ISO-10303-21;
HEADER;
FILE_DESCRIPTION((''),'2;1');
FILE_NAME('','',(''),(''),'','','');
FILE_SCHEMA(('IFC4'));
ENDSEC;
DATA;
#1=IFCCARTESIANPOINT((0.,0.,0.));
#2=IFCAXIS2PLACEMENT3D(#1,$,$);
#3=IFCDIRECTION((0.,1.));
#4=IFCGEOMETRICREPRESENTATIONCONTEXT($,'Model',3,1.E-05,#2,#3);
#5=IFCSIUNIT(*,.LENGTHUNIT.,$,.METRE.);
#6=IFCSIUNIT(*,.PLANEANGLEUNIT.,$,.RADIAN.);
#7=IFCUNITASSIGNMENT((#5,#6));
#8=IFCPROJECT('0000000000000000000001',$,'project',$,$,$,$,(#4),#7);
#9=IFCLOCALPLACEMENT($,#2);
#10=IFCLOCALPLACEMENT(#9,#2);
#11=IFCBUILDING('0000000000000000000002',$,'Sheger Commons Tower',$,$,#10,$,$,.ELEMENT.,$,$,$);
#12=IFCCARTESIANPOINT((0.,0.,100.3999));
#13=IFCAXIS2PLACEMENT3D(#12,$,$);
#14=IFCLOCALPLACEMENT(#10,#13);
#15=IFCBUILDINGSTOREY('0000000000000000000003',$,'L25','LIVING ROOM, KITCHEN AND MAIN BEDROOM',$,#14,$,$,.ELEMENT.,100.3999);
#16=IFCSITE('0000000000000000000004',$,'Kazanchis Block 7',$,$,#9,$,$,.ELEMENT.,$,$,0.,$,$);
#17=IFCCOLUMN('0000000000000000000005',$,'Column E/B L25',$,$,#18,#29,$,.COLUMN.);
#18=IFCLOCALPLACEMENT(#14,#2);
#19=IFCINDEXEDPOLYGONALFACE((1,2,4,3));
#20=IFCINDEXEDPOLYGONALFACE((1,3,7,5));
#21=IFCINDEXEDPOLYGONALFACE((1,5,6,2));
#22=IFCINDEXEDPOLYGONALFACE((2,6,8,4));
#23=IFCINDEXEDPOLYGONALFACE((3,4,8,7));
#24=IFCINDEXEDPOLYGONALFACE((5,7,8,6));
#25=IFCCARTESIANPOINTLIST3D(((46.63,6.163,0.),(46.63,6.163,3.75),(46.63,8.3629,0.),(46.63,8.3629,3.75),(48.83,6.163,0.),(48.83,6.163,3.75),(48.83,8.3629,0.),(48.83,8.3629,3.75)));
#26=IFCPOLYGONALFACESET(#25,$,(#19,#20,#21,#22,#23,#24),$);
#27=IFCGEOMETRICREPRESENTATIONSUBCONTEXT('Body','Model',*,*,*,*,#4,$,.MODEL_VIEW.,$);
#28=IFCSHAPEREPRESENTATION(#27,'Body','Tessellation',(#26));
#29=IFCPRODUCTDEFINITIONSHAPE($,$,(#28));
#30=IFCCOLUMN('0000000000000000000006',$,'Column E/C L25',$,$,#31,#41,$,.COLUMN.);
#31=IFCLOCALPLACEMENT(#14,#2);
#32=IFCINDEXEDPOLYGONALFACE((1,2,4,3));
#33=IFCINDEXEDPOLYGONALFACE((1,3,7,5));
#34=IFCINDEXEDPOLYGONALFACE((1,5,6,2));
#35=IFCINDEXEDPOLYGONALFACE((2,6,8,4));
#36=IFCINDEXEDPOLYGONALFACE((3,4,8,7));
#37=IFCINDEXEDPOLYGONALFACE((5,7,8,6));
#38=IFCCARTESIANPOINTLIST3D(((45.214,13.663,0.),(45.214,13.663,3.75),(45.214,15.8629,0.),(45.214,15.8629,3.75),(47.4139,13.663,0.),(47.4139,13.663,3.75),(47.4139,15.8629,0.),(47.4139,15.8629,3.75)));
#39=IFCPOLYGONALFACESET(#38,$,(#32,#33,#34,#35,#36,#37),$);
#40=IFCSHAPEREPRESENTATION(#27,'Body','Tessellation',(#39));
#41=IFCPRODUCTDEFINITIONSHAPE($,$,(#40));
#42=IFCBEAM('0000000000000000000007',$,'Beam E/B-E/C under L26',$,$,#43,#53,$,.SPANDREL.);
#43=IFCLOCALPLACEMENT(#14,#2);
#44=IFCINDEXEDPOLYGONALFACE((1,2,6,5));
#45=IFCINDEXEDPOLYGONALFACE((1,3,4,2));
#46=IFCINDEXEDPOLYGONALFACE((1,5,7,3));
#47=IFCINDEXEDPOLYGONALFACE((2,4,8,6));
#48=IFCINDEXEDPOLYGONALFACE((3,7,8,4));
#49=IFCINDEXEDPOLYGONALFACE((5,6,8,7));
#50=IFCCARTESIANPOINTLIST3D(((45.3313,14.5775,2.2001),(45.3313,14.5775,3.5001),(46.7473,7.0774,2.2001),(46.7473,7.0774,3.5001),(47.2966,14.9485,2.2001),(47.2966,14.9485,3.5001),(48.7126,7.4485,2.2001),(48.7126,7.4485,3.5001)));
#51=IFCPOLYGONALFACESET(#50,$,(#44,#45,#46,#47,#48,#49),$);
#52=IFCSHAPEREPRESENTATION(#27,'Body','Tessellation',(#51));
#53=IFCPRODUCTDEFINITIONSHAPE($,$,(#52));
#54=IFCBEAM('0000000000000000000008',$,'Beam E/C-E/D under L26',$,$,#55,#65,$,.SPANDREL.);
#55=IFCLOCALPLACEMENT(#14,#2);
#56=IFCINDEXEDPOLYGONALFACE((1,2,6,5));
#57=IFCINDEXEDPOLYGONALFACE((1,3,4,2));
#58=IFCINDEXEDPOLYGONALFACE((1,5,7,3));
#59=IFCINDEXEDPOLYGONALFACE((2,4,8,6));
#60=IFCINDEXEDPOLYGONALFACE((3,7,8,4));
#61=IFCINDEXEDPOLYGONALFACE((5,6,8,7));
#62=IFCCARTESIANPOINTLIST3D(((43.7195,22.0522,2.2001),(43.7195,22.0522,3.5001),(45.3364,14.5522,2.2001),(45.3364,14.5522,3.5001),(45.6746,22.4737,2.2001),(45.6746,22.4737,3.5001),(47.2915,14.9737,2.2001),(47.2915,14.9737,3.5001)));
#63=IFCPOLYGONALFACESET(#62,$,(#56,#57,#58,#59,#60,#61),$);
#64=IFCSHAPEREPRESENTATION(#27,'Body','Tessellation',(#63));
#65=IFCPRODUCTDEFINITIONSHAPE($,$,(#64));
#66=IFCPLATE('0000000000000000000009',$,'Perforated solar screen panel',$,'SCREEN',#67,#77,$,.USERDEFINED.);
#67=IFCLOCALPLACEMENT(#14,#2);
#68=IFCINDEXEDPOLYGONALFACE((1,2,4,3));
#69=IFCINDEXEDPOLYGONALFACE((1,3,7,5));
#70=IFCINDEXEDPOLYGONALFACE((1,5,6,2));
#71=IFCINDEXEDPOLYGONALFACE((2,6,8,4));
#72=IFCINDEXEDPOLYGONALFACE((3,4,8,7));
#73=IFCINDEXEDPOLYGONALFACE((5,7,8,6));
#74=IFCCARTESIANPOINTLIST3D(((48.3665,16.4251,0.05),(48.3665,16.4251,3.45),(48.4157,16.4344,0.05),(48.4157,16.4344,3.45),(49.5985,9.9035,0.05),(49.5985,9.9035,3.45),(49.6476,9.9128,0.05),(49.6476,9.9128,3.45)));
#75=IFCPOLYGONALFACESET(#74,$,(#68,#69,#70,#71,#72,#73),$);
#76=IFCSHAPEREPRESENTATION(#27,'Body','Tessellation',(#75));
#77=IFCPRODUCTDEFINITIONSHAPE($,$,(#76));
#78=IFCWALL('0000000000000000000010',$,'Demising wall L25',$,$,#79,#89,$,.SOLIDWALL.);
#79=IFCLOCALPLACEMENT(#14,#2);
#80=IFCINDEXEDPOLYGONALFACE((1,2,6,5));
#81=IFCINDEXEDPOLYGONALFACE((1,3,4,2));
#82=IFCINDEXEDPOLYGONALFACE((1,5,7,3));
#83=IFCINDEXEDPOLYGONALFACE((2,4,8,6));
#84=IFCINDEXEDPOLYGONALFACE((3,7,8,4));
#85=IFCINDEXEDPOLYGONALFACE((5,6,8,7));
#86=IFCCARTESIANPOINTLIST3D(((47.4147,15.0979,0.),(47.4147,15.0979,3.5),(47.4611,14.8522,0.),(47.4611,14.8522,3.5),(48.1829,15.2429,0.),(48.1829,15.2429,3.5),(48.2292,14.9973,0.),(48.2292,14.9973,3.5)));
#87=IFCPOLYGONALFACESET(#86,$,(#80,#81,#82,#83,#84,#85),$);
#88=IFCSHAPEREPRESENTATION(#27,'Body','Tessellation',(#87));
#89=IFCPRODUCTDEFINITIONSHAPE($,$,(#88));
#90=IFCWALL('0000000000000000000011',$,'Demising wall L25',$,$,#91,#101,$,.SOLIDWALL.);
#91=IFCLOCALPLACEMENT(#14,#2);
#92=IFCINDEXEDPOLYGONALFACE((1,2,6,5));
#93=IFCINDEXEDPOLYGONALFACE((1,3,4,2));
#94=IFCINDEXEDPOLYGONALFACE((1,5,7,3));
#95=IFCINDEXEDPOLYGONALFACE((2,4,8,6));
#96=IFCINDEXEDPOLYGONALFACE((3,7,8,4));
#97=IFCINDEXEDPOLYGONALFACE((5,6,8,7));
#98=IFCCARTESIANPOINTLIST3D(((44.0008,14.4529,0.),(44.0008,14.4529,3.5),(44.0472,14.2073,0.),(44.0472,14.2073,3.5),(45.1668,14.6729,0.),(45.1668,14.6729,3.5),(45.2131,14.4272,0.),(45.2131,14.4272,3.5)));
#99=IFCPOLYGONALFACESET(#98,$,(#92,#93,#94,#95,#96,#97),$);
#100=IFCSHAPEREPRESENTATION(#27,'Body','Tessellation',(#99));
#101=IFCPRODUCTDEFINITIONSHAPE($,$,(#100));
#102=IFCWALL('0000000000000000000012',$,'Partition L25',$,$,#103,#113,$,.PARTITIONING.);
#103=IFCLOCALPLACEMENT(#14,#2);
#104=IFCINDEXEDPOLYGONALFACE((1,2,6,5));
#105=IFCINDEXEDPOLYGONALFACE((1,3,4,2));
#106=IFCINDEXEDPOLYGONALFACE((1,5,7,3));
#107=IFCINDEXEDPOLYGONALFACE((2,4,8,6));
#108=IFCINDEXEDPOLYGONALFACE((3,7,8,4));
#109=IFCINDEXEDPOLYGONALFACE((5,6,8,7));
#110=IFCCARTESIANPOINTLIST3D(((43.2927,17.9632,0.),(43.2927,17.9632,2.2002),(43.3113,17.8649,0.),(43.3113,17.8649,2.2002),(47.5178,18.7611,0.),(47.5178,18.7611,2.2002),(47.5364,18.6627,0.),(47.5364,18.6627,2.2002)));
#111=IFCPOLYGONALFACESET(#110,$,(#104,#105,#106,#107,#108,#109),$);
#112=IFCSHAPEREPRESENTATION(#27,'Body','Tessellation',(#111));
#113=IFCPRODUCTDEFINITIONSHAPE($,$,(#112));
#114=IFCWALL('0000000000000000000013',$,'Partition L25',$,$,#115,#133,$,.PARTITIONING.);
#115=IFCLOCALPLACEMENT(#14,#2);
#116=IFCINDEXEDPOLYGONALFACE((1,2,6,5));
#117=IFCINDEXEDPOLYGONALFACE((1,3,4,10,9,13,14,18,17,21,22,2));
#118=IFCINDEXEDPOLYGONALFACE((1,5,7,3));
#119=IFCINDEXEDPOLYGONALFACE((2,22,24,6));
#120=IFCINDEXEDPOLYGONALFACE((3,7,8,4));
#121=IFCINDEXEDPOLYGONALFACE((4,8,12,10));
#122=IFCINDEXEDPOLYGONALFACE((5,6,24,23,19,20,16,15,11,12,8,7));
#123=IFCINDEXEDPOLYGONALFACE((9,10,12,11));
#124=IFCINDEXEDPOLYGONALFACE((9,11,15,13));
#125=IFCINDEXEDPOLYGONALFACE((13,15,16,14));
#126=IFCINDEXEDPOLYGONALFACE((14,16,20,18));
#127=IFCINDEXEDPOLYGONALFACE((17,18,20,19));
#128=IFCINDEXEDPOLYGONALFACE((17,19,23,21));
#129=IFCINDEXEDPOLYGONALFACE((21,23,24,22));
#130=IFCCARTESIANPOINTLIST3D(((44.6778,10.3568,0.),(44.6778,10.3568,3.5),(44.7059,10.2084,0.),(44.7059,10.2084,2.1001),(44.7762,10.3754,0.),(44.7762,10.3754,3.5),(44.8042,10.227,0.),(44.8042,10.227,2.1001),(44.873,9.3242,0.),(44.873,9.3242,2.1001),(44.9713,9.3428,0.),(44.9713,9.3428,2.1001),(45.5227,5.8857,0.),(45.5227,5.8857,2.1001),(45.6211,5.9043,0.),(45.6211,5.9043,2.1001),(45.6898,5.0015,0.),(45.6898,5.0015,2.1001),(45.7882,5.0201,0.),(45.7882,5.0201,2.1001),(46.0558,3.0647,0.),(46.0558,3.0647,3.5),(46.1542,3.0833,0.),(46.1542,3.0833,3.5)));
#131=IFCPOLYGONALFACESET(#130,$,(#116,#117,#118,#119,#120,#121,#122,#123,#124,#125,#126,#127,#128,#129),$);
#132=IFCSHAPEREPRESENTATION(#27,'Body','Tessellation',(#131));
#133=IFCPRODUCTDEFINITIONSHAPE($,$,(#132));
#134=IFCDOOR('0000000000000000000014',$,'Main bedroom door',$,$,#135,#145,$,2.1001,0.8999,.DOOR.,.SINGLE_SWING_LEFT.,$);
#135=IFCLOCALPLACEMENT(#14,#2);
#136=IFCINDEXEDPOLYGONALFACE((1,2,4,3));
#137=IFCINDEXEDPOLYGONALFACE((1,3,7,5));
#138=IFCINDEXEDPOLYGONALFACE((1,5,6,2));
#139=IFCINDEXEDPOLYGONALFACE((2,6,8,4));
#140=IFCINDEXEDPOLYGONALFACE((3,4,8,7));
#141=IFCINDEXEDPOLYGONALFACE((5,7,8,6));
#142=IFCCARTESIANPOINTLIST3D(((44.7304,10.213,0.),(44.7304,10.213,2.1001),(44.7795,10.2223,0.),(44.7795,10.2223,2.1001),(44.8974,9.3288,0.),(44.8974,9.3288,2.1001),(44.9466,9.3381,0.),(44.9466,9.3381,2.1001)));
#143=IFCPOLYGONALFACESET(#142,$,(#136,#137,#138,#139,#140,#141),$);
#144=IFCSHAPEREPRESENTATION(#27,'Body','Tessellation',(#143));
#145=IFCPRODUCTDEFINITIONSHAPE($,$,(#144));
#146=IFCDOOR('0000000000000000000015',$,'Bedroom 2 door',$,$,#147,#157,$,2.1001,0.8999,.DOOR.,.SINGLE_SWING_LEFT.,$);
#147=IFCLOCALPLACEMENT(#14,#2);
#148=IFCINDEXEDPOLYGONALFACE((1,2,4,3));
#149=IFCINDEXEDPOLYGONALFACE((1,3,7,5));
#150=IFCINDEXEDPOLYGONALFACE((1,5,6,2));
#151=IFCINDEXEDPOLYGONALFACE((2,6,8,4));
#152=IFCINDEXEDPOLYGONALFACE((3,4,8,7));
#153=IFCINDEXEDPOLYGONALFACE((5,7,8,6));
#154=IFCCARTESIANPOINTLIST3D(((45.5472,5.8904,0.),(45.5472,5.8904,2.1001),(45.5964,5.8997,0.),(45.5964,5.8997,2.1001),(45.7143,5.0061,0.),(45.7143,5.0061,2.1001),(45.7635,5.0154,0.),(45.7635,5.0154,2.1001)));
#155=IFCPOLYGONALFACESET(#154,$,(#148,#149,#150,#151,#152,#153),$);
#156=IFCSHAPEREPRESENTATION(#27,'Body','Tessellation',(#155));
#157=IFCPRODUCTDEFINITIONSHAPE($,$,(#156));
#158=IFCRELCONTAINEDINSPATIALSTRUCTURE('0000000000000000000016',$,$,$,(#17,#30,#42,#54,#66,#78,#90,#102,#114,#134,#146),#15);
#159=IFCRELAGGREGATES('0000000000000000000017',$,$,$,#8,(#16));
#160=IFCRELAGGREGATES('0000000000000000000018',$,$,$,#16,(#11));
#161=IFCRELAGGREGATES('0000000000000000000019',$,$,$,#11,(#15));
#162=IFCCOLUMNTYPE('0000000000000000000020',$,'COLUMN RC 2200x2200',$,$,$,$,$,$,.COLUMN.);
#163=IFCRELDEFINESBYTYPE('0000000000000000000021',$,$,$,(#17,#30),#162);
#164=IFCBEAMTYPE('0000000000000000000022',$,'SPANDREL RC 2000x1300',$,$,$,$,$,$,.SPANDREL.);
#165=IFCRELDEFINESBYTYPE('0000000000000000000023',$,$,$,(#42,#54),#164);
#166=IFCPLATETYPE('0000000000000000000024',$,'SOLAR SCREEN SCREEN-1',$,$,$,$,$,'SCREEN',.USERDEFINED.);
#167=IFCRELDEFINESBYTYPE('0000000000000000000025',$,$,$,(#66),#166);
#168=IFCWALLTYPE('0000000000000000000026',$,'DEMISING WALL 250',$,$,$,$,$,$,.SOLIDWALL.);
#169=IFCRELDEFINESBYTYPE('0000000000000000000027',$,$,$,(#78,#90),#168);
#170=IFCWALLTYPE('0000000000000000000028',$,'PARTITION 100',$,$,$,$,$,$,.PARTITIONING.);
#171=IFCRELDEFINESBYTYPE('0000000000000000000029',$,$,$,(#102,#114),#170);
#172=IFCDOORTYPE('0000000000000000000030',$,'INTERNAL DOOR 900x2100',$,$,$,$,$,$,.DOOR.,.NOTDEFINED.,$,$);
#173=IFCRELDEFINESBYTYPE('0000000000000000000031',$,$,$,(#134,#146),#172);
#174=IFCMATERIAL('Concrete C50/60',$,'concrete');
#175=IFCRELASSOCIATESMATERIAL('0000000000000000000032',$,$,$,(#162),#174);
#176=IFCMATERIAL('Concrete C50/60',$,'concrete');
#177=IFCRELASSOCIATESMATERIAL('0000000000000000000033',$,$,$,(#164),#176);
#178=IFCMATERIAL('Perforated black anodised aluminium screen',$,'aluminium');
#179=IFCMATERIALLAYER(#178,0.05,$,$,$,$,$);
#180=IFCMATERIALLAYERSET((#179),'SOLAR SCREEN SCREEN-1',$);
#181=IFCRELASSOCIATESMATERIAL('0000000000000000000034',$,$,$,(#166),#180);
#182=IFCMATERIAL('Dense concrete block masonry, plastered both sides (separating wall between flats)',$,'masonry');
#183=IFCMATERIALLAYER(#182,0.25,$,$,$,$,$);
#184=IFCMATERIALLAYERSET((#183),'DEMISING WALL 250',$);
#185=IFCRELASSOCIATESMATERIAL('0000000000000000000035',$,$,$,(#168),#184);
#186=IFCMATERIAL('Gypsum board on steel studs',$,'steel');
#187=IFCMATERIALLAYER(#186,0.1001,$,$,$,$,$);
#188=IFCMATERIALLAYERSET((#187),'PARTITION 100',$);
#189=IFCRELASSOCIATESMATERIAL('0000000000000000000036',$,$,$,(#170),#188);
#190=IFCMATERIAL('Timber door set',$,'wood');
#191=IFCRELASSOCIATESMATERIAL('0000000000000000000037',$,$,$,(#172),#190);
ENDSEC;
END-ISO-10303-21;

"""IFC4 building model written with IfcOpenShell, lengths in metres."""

from ifc_helpers import new_model, si_unit, direction, frame, frame_2d, origin, origin_2d, place, context, subcontext, project, spatial, rectangle, extrude, material, layer, layer_set, material_profile, profile_set, type_object, element, fill, save


model = new_model("IFC4")

# Units and contexts
model_context = context("Model", 3, precision=1e-05, world=origin(), true_north=direction((0.0, 1.0)))
body_context = subcontext(model_context, "Body", "Model", "MODEL_VIEW")
ifc_project = project(units=[si_unit("LENGTHUNIT", "METRE"), si_unit("PLANEANGLEUNIT", "RADIAN")], contexts=[model_context])

# Site, building, storey
site_placement = place(None, origin())
site = spatial("IfcSite", under=ifc_project, at=site_placement, Name="Kazanchis Block 7", CompositionType="ELEMENT", RefElevation=0.0)
building_placement = place(site_placement, origin())
building = spatial("IfcBuilding", under=site, at=building_placement, Name="Sheger Commons Tower", CompositionType="ELEMENT")
storey_placement = place(building_placement, frame((0.0, 0.0, 100.3999)))
storey = spatial("IfcBuildingStorey", under=building, at=storey_placement, Name="L25", Description="LIVING ROOM, KITCHEN AND MAIN BEDROOM", CompositionType="ELEMENT", Elevation=100.3999)

# Columns
ifc_material_1 = material(Name="Concrete C50/60", Category="concrete")
ifc_material_profile_1 = material_profile(ifc_material_1, rectangle(XDim=2.2, YDim=2.2, at=origin_2d()), Name="RC 2200x2200")
ifc_profile_set_1 = profile_set([ifc_material_profile_1], Name="Concrete C50/60")
column_type = type_object("IfcColumnType", Name="COLUMN RC 2200x2200", PredefinedType="COLUMN", material=ifc_profile_set_1)
for number, where, z_axis, x_axis, name in (
    (1, (47.73, 7.2629, 0.0), (0.0, 0.0, 1.0), (1.0, 0.0, 0.0), "Column E/B L25"),
    (2, (46.314, 14.7629, 0.0), (0.0, 0.0, 1.0), (1.0, 0.0, 0.0), "Column E/C L25"),
):
    element("IfcColumn", number, at=place(storey_placement, frame(where, z_axis=z_axis, x_axis=x_axis)), inside=storey, type_object=column_type, Name=name, PredefinedType="COLUMN", context=body_context, shape_type="SweptSolid", body=[
        extrude(rectangle(XDim=2.2, YDim=2.2, at=origin_2d()), origin(), (0.0, 0.0, 1.0), 3.75),
    ])

# Beams
ifc_material_2 = material(Name="Concrete C50/60", Category="concrete")
ifc_material_profile_2 = material_profile(ifc_material_2, rectangle(XDim=2.0, YDim=1.3, at=origin_2d()), Name="RC 2000x1300")
ifc_profile_set_2 = profile_set([ifc_material_profile_2], Name="Concrete C50/60")
beam_type = type_object("IfcBeamType", Name="SPANDREL RC 2000x1300", PredefinedType="SPANDREL", material=ifc_profile_set_2)
beam_1_placement = place(storey_placement, frame((47.73, 7.2629, 2.8501), z_axis=(-0.185524, 0.98264, 0.0), x_axis=(-0.98264, -0.185524, 0.0)))
element("IfcBeam", 3, at=beam_1_placement, inside=storey, type_object=beam_type, Name="Beam E/B-E/C under L26", PredefinedType="SPANDREL", context=body_context, shape_type="SweptSolid", body=[
    extrude(rectangle(XDim=2.0, YDim=1.3, at=origin_2d()), origin(), (0.0, 0.0, 1.0), 7.6326),
])
beam_2_placement = place(storey_placement, frame((46.314, 14.7629, 2.8501), z_axis=(-0.21075, 0.97754, 0.0), x_axis=(-0.97754, -0.21075, 0.0)))
element("IfcBeam", 4, at=beam_2_placement, inside=storey, type_object=beam_type, Name="Beam E/C-E/D under L26", PredefinedType="SPANDREL", context=body_context, shape_type="SweptSolid", body=[
    extrude(rectangle(XDim=2.0, YDim=1.3, at=origin_2d()), origin(), (0.0, 0.0, 1.0), 7.6724),
])

# Plate
ifc_material_3 = material(Name="Perforated black anodised aluminium screen", Category="aluminium")
ifc_layer_1 = layer(ifc_material_3, 0.05)
ifc_layer_set_1 = layer_set([ifc_layer_1], Name="SOLAR SCREEN SCREEN-1")
plate_type = type_object("IfcPlateType", Name="SOLAR SCREEN SCREEN-1", ElementType="SCREEN", PredefinedType="USERDEFINED", material=ifc_layer_set_1)
plate_placement = place(storey_placement, frame((49.0071, 13.1689, 0.05), z_axis=(0.0, 0.0, 1.0), x_axis=(-0.185615, 0.982623, 0.0)))
element("IfcPlate", 5, at=plate_placement, inside=storey, type_object=plate_type, Name="Perforated solar screen panel", ObjectType="SCREEN", PredefinedType="USERDEFINED", context=body_context, shape_type="SweptSolid", body=[
    extrude(rectangle(XDim=6.637, YDim=0.05, at=origin_2d()), origin(), (0.0, 0.0, 1.0), 3.3999),
])

# Walls
ifc_material_4 = material(Name="Dense concrete block masonry, plastered both sides (separating wall between flats)", Category="masonry")
ifc_layer_2 = layer(ifc_material_4, 0.25)
ifc_layer_set_2 = layer_set([ifc_layer_2], Name="DEMISING WALL 250")
wall_type_1 = type_object("IfcWallType", Name="DEMISING WALL 250", PredefinedType="SOLIDWALL", material=ifc_layer_set_2)
wall_1_placement = place(storey_placement, frame((48.2061, 15.1201, 0.0), z_axis=(0.0, 0.0, 1.0), x_axis=(-0.982638, -0.185533, 0.0)))
element("IfcWall", 6, at=wall_1_placement, inside=storey, type_object=wall_type_1, Name="Demising wall L25", PredefinedType="SOLIDWALL", context=body_context, shape_type="SweptSolid", body=[
    extrude(rectangle(XDim=0.7817, YDim=0.25, at=frame_2d((0.3909, 0.0))), origin(), (0.0, 0.0, 1.0), 3.5),
])
wall_2_placement = place(storey_placement, frame((45.1899, 14.55, 0.0), z_axis=(0.0, 0.0, 1.0), x_axis=(-0.982667, -0.185382, 0.0)))
element("IfcWall", 7, at=wall_2_placement, inside=storey, type_object=wall_type_1, Name="Demising wall L25", PredefinedType="SOLIDWALL", context=body_context, shape_type="SweptSolid", body=[
    extrude(rectangle(XDim=1.1865, YDim=0.25, at=frame_2d((0.5933, 0.0))), origin(), (0.0, 0.0, 1.0), 3.5),
])
ifc_material_5 = material(Name="Gypsum board on steel studs", Category="steel")
ifc_layer_3 = layer(ifc_material_5, 0.1001)
ifc_layer_set_3 = layer_set([ifc_layer_3], Name="PARTITION 100")
wall_type_2 = type_object("IfcWallType", Name="PARTITION 100", PredefinedType="PARTITIONING", material=ifc_layer_set_3)
wall_3_placement = place(storey_placement, frame((47.5271, 18.7119, 0.0), z_axis=(0.0, 0.0, 1.0), x_axis=(-0.982634, -0.185557, 0.0)))
element("IfcWall", 8, at=wall_3_placement, inside=storey, type_object=wall_type_2, Name="Partition L25", PredefinedType="PARTITIONING", context=body_context, shape_type="SweptSolid", body=[
    extrude(rectangle(XDim=4.2998, YDim=0.1001, at=frame_2d((2.1499, 0.0))), origin(), (0.0, 0.0, 1.0), 2.2002),
])

# Wall, openings, doors
wall_4_placement = place(storey_placement, frame((44.7271, 10.366, 0.0), z_axis=(0.0, 0.0, 1.0), x_axis=(0.185679, -0.98261, 0.0)))
wall_4 = element("IfcWall", 9, at=wall_4_placement, inside=storey, type_object=wall_type_2, Name="Partition L25", PredefinedType="PARTITIONING", context=body_context, shape_type="SweptSolid", body=[
    extrude(rectangle(XDim=7.4211, YDim=0.1001, at=frame_2d((3.7104, 0.0))), origin(), (0.0, 0.0, 1.0), 3.5),
])
opening_1_placement = place(wall_4_placement, frame((0.1509, 0.0, 0.0)))
opening_1 = element("IfcOpeningElement", 10, at=opening_1_placement, cuts=wall_4, PredefinedType="OPENING", context=body_context, shape_type="SweptSolid", body=[
    extrude(rectangle(XDim=0.8999, YDim=2.1001, at=frame_2d((0.45, 1.05))), frame((0.0, 0.0601, 0.0), z_axis=(0.0, -1.0, 0.0), x_axis=(1.0, 0.0, 0.0)), (0.0, 0.0, 1.0), 0.1201),
])
opening_2_placement = place(wall_4_placement, frame((4.55, 0.0, 0.0)))
opening_2 = element("IfcOpeningElement", 11, at=opening_2_placement, cuts=wall_4, PredefinedType="OPENING", context=body_context, shape_type="SweptSolid", body=[
    extrude(rectangle(XDim=0.8999, YDim=2.1001, at=frame_2d((0.45, 1.05))), frame((0.0, 0.0601, 0.0), z_axis=(0.0, -1.0, 0.0), x_axis=(1.0, 0.0, 0.0)), (0.0, 0.0, 1.0), 0.1201),
])
ifc_material_6 = material(Name="Timber door set", Category="wood")
door_type = type_object("IfcDoorType", Name="INTERNAL DOOR 900x2100", OperationType="NOTDEFINED", PredefinedType="DOOR", material=ifc_material_6)
door_1_placement = place(opening_1_placement, origin())
door_1 = element("IfcDoor", 12, at=door_1_placement, inside=storey, type_object=door_type, Name="Main bedroom door", OperationType="SINGLE_SWING_LEFT", OverallHeight=2.1001, OverallWidth=0.8999, PredefinedType="DOOR", context=body_context, shape_type="SweptSolid", body=[
    extrude(rectangle(XDim=0.8999, YDim=2.1001, at=frame_2d((0.45, 1.05))), frame((0.0, 0.0249, 0.0), z_axis=(0.0, -1.0, 0.0), x_axis=(1.0, 0.0, 0.0)), (0.0, 0.0, 1.0), 0.05),
])
fill(opening_1, door_1)
door_2_placement = place(opening_2_placement, origin())
door_2 = element("IfcDoor", 13, at=door_2_placement, inside=storey, type_object=door_type, Name="Bedroom 2 door", OperationType="SINGLE_SWING_LEFT", OverallHeight=2.1001, OverallWidth=0.8999, PredefinedType="DOOR", context=body_context, shape_type="SweptSolid", body=[
    extrude(rectangle(XDim=0.8999, YDim=2.1001, at=frame_2d((0.45, 1.05))), frame((0.0, 0.0249, 0.0), z_axis=(0.0, -1.0, 0.0), x_axis=(1.0, 0.0, 0.0)), (0.0, 0.0, 1.0), 0.05),
])
fill(opening_2, door_2)

save(model, "model.ifc")
